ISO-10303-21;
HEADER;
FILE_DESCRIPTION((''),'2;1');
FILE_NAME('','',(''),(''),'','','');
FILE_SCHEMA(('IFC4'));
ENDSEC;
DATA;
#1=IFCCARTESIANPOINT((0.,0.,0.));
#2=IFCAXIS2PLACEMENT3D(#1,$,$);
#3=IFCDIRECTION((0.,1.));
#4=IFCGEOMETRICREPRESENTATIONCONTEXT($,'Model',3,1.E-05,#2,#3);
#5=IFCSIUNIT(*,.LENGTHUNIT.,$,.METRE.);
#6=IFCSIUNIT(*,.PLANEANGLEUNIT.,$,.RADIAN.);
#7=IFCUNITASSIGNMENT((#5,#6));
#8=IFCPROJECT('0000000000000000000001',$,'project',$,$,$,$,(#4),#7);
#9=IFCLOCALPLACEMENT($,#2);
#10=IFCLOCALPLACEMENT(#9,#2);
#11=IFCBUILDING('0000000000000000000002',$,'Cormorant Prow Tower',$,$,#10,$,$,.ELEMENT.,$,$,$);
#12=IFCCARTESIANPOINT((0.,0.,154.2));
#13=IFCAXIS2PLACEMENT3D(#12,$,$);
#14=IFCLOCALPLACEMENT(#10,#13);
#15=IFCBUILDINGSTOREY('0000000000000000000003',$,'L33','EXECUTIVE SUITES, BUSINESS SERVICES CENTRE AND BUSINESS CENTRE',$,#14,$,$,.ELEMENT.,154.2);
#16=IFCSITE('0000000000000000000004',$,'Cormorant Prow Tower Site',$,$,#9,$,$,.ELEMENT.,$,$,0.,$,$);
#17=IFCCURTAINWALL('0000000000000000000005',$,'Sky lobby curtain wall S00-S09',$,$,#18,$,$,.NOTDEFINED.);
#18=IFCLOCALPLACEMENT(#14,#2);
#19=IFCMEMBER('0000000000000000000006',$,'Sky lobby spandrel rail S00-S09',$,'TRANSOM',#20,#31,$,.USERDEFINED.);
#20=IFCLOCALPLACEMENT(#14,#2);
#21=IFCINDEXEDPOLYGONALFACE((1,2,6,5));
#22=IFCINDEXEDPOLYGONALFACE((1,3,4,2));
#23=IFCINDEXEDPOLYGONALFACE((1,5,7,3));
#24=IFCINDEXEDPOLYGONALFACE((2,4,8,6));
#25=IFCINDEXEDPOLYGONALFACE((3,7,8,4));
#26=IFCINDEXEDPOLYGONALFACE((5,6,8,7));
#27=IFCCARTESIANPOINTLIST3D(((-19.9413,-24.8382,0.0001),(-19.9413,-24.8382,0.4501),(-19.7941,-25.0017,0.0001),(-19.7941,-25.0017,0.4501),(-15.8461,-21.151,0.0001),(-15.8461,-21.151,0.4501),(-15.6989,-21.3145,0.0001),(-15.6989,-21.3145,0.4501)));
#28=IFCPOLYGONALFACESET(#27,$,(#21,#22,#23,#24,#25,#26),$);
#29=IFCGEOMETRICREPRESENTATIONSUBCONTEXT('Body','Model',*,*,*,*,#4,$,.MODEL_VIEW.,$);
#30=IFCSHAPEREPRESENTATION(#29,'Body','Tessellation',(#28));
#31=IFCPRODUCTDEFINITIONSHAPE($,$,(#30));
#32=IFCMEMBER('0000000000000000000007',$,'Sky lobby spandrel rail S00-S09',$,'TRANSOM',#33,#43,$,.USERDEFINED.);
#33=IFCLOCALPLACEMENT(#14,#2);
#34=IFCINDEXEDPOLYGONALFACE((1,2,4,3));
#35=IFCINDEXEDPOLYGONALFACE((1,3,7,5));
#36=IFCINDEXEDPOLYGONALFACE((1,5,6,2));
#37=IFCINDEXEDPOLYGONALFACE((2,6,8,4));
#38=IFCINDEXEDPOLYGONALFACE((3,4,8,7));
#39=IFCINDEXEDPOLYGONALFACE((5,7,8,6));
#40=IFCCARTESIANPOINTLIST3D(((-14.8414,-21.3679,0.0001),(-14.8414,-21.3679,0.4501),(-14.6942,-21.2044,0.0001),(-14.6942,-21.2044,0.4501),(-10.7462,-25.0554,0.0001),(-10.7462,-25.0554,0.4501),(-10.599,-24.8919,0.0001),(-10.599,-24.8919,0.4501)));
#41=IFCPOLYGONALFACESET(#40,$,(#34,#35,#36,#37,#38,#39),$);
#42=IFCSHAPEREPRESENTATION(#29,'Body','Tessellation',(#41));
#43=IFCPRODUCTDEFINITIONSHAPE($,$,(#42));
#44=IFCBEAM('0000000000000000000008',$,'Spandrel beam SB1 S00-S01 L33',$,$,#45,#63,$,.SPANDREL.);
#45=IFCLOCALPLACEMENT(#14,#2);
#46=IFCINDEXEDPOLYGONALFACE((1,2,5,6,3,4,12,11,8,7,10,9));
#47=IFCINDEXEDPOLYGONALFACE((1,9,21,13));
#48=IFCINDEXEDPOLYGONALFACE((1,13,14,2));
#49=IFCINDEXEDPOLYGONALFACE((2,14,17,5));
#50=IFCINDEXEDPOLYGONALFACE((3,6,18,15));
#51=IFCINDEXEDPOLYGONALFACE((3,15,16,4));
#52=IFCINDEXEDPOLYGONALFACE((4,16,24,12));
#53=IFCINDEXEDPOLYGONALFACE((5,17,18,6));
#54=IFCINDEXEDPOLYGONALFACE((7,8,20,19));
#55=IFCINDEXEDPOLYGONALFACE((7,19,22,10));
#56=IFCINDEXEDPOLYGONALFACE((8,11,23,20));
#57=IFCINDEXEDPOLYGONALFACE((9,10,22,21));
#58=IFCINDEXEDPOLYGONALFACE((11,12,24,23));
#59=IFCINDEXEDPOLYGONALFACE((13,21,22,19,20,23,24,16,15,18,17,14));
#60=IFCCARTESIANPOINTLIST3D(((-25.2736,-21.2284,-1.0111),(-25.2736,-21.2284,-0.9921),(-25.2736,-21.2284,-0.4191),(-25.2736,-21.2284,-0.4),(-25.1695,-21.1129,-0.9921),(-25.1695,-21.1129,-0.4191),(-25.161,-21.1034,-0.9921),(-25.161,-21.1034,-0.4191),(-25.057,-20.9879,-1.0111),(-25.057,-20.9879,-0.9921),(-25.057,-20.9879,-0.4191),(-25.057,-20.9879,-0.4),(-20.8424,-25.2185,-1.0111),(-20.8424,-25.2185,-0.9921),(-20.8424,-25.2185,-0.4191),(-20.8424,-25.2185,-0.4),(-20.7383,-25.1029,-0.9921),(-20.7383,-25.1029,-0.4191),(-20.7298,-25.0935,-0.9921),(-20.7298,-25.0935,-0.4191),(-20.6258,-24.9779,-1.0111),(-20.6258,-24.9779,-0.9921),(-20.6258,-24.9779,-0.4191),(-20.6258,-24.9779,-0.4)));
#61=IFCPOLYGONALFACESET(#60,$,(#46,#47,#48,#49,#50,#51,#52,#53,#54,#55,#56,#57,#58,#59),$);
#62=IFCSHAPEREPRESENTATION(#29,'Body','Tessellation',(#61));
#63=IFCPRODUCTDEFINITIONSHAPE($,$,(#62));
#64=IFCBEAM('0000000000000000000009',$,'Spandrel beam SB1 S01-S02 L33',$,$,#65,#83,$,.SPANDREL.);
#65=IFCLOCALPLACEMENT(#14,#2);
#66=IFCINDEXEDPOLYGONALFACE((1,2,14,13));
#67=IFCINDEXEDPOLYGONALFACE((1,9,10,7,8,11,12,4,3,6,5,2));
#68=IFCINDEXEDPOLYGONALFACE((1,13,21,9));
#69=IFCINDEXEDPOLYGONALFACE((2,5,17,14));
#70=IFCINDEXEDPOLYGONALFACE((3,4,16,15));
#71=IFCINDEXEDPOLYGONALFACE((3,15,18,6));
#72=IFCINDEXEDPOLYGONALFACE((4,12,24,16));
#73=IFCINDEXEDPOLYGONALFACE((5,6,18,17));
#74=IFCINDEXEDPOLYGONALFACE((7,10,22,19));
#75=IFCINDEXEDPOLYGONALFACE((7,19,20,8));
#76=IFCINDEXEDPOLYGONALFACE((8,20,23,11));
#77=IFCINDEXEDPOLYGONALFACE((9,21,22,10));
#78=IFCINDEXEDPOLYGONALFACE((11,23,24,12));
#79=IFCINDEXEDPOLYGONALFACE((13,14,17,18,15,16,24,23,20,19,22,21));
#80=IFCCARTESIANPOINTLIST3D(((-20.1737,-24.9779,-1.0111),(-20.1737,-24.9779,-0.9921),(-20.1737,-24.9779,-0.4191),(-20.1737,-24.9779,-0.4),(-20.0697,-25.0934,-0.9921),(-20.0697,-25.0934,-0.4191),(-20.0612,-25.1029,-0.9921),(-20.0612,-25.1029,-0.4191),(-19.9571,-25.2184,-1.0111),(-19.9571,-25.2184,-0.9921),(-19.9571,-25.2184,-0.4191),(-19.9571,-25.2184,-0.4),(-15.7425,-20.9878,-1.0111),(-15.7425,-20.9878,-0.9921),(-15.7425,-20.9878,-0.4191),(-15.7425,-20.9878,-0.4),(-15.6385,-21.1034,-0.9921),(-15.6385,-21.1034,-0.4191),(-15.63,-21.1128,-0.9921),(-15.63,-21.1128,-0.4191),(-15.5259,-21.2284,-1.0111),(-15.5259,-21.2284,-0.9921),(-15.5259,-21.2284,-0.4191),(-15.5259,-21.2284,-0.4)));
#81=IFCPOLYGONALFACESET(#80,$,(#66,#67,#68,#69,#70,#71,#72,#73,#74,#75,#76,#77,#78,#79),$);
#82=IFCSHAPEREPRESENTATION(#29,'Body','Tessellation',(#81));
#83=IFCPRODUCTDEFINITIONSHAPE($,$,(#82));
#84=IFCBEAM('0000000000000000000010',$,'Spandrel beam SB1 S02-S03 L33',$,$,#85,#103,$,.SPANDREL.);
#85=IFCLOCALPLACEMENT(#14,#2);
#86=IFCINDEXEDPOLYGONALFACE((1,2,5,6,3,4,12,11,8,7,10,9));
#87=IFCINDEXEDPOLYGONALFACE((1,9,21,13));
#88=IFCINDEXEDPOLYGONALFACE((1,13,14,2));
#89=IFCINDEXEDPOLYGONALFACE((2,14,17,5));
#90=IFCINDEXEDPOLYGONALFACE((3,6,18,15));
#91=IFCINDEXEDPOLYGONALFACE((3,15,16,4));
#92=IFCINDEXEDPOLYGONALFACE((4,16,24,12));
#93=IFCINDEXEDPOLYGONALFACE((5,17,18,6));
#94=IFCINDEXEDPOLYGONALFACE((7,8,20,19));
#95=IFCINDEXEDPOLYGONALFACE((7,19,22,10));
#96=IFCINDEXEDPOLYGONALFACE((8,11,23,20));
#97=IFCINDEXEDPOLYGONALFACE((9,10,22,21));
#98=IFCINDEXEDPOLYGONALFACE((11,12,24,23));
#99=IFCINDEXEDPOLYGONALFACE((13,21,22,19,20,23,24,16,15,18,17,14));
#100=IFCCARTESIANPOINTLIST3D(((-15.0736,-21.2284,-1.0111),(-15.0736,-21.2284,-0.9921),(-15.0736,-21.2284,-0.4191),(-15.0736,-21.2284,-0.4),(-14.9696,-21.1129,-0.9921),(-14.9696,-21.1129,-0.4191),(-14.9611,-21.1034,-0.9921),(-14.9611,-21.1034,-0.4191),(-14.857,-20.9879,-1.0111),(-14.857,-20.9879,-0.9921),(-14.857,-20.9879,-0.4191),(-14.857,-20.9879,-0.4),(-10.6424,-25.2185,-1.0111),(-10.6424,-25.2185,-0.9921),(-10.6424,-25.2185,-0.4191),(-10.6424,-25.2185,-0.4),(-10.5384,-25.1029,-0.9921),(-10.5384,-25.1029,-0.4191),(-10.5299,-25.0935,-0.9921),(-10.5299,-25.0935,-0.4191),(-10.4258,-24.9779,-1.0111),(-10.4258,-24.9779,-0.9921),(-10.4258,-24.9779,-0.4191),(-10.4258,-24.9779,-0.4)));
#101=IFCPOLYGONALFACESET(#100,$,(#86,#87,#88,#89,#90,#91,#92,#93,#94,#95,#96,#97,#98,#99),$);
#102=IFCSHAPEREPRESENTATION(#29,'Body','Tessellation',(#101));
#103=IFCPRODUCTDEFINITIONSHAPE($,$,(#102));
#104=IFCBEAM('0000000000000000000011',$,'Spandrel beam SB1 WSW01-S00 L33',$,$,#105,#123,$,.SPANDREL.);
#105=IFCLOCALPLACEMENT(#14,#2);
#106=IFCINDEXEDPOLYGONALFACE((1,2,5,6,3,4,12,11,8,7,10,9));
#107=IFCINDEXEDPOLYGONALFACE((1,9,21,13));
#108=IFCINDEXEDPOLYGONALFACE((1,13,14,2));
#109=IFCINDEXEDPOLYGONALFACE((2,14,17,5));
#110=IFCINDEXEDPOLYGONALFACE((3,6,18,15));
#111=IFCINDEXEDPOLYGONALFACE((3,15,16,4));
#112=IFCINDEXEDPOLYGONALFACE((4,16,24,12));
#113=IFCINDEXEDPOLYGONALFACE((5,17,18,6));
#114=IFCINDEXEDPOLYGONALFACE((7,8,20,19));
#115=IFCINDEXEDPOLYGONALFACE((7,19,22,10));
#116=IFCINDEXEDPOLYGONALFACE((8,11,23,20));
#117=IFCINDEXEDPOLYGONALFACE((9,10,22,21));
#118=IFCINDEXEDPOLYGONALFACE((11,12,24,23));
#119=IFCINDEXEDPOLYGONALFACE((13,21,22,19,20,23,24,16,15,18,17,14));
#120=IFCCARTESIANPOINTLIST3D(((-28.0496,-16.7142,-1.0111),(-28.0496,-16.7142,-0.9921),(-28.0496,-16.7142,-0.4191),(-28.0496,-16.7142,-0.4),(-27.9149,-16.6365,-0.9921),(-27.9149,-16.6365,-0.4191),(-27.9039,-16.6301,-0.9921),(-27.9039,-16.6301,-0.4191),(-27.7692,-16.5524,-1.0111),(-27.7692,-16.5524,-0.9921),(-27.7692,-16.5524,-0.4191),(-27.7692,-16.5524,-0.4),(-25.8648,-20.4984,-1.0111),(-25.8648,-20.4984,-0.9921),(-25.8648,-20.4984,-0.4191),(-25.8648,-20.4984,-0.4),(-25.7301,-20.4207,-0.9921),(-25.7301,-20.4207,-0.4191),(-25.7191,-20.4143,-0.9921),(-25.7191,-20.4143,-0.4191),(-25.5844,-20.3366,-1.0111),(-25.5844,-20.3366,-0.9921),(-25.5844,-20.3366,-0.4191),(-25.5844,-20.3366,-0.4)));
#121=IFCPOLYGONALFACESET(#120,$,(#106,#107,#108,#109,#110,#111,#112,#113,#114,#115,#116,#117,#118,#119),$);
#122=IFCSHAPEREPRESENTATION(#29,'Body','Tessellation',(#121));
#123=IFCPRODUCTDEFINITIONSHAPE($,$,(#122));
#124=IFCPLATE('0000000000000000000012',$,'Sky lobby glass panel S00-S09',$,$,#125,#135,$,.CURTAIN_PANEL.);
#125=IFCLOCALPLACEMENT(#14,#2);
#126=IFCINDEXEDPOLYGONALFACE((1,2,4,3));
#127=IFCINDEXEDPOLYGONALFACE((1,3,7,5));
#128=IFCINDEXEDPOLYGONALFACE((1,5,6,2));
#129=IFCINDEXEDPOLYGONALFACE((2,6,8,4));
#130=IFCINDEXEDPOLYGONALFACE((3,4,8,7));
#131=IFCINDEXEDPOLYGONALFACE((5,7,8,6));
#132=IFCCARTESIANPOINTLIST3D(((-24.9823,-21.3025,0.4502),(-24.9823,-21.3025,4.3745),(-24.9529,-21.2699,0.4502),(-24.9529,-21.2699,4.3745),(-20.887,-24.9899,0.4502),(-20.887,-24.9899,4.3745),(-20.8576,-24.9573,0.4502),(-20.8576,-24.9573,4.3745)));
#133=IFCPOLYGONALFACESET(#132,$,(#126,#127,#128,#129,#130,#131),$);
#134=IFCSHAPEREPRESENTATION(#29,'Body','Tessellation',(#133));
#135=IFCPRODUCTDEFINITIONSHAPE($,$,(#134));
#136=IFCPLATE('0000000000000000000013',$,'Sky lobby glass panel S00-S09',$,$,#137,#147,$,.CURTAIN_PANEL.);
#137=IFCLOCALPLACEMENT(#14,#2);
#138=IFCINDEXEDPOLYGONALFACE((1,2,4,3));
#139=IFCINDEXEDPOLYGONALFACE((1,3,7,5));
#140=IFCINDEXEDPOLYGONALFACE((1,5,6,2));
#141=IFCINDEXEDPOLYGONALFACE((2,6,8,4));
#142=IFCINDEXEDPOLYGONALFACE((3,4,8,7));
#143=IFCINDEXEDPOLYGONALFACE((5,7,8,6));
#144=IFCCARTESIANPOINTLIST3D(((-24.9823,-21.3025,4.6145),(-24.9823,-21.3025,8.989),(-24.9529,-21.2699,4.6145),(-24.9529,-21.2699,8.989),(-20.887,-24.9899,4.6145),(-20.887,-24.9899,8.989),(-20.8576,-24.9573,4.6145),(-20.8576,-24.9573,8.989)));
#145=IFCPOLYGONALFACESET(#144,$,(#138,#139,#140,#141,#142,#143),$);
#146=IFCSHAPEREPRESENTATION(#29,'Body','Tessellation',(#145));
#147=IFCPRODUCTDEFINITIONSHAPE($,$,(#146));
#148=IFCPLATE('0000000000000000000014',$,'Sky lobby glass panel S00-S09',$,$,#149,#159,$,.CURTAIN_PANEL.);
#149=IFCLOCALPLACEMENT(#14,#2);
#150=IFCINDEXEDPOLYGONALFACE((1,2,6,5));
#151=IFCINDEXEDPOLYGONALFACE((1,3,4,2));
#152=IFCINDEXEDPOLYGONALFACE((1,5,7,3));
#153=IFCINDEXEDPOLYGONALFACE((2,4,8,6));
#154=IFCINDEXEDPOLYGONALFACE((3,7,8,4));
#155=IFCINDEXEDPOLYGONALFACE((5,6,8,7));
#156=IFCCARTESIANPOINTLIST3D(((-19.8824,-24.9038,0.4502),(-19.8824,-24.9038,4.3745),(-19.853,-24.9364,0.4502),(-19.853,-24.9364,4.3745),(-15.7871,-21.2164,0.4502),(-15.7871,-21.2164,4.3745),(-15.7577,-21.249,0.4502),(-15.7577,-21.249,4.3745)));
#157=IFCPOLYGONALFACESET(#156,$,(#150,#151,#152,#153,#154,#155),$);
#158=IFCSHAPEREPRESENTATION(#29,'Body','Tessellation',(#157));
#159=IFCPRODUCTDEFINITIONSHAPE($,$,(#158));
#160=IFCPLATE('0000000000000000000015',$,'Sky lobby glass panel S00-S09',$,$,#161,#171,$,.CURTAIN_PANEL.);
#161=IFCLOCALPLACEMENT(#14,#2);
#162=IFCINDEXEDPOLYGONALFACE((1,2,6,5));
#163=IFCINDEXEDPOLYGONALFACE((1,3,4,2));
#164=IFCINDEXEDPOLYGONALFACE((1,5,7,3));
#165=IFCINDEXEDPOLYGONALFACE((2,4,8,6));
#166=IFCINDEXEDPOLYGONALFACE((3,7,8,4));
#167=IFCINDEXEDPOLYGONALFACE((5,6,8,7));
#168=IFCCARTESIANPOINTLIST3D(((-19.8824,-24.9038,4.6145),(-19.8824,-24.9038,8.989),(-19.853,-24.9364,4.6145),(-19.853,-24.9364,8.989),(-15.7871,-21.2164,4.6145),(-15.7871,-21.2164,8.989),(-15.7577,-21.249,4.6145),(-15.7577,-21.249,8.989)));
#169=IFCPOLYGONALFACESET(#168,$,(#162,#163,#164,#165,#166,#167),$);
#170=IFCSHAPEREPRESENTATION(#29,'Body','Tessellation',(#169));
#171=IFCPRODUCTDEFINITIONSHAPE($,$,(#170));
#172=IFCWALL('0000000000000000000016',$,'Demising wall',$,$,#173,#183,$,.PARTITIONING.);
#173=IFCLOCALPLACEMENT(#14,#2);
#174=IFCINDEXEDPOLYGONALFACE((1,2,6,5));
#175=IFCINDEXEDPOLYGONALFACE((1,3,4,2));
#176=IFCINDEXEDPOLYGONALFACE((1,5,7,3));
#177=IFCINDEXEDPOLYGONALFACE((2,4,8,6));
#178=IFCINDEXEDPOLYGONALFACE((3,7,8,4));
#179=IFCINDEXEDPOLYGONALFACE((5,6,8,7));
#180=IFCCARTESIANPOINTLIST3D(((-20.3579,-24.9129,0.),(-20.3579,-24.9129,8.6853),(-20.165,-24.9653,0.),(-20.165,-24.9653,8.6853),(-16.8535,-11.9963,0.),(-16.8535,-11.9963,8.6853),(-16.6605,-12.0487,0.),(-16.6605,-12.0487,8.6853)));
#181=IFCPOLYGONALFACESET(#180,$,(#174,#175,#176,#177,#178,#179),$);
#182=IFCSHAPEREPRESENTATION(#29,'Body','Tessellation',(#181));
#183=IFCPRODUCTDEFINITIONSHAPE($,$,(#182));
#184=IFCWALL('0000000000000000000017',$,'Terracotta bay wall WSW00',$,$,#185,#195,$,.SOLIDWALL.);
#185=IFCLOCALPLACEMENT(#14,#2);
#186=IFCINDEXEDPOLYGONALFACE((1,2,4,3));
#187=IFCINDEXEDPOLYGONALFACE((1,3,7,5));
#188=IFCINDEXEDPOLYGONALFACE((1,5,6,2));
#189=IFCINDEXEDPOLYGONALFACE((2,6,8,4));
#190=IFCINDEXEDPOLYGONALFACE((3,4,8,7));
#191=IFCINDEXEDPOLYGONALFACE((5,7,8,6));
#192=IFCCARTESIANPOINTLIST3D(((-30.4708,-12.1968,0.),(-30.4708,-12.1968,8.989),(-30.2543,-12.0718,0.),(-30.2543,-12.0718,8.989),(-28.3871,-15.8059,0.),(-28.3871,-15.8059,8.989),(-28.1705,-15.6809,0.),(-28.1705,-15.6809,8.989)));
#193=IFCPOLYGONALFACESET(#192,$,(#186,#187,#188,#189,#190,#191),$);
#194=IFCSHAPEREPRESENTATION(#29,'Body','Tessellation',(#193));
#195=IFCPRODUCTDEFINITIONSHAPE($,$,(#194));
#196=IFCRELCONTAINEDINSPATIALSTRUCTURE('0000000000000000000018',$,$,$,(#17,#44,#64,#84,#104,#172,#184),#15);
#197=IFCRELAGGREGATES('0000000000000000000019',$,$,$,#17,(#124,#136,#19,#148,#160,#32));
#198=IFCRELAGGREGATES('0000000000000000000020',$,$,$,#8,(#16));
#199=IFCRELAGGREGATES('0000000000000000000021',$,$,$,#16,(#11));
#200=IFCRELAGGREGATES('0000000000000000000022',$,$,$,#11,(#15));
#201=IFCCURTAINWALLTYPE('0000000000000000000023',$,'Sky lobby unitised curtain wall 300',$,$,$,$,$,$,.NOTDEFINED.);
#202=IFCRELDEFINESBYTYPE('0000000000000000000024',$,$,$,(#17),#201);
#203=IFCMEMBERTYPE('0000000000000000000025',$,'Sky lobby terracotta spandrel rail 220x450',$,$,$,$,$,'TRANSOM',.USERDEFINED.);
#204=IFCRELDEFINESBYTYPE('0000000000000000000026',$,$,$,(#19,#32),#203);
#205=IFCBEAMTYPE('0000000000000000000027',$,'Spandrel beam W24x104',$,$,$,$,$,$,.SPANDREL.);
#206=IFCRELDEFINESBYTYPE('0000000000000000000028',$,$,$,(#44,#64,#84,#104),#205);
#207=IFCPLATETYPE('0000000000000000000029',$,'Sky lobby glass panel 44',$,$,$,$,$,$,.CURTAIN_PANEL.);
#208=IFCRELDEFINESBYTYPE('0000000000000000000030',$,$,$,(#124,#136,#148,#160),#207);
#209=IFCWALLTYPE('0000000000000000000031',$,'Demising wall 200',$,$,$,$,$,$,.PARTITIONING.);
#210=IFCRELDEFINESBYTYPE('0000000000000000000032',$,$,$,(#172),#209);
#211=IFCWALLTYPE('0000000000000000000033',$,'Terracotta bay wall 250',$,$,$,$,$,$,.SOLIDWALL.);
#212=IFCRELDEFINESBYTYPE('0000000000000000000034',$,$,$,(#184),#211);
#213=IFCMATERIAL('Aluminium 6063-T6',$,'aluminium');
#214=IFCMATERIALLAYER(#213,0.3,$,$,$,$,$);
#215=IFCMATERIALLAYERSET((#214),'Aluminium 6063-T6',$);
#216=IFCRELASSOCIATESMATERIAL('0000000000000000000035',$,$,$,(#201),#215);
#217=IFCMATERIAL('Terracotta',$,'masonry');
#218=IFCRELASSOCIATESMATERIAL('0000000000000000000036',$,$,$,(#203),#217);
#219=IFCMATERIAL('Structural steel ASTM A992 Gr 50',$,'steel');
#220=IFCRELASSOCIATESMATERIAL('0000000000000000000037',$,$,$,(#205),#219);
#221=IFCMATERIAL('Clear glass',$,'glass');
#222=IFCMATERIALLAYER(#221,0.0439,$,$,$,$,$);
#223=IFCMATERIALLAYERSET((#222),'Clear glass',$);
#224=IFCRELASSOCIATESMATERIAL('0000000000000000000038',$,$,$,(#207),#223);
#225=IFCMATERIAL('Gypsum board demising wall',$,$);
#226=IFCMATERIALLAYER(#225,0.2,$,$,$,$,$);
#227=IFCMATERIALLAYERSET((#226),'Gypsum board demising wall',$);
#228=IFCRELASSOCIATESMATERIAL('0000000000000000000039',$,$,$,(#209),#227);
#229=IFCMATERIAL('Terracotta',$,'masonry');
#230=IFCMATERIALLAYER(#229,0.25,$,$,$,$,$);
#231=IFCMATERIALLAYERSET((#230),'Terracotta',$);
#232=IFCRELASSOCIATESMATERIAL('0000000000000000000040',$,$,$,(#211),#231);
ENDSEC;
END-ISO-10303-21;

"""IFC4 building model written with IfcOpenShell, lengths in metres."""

from ifc_helpers import new_model, si_unit, direction, frame, frame_2d, origin, origin_2d, place, context, subcontext, project, spatial, rectangle, i_section, extrude, material, layer, layer_set, material_profile, profile_set, type_object, element, aggregate, save


model = new_model("IFC4")

# Units and contexts
model_context = context("Model", 3, precision=1e-05, world=origin(), true_north=direction((0.0, 1.0)))
body_context = subcontext(model_context, "Body", "Model", "MODEL_VIEW")
ifc_project = project(units=[si_unit("LENGTHUNIT", "METRE"), si_unit("PLANEANGLEUNIT", "RADIAN")], contexts=[model_context])

# Site, building, storey
site_placement = place(None, origin())
site = spatial("IfcSite", under=ifc_project, at=site_placement, Name="Cormorant Prow Tower Site", CompositionType="ELEMENT", RefElevation=0.0)
building_placement = place(site_placement, origin())
building = spatial("IfcBuilding", under=site, at=building_placement, Name="Cormorant Prow Tower", CompositionType="ELEMENT")
storey_placement = place(building_placement, frame((0.0, 0.0, 154.2)))
storey = spatial("IfcBuildingStorey", under=building, at=storey_placement, Name="L33", Description="EXECUTIVE SUITES, BUSINESS SERVICES CENTRE AND BUSINESS CENTRE", CompositionType="ELEMENT", Elevation=154.2)

# Curtain wall, members
ifc_material_1 = material(Name="Aluminium 6063-T6", Category="aluminium")
ifc_layer_1 = layer(ifc_material_1, 0.3)
ifc_layer_set_1 = layer_set([ifc_layer_1], Name="Aluminium 6063-T6")
curtain_wall_type = type_object("IfcCurtainWallType", Name="Sky lobby unitised curtain wall 300", PredefinedType="NOTDEFINED", material=ifc_layer_set_1)
curtain_wall_placement = place(storey_placement, origin())
curtain_wall = element("IfcCurtainWall", 1, at=curtain_wall_placement, inside=storey, type_object=curtain_wall_type, Name="Sky lobby curtain wall S00-S09", PredefinedType="NOTDEFINED")
ifc_material_2 = material(Name="Terracotta", Category="masonry")
ifc_material_profile_1 = material_profile(ifc_material_2, rectangle(XDim=0.22, YDim=0.45, at=origin_2d()), Name="Sky lobby terracotta spandrel rail 220x450")
ifc_profile_set_1 = profile_set([ifc_material_profile_1], Name="Terracotta")
member_type_1 = type_object("IfcMemberType", Name="Sky lobby terracotta spandrel rail 220x450", ElementType="TRANSOM", PredefinedType="USERDEFINED", material=ifc_profile_set_1)
member_1_placement = place(storey_placement, frame((-19.8677, -24.9199, 0.2251), z_axis=(0.743153, 0.669121, 0.0), x_axis=(-0.669121, 0.743153, 0.0)))
member_1 = element("IfcMember", 2, at=member_1_placement, type_object=member_type_1, Name="Sky lobby spandrel rail S00-S09", ObjectType="TRANSOM", PredefinedType="USERDEFINED", context=body_context, shape_type="SweptSolid", body=[
    extrude(rectangle(XDim=0.22, YDim=0.45, at=origin_2d()), origin(), (0.0, 0.0, 1.0), 5.5105),
])
member_2_placement = place(storey_placement, frame((-14.7678, -21.2861, 0.2251), z_axis=(0.743131, -0.669146, 0.0), x_axis=(0.669146, 0.743131, 0.0)))
member_2 = element("IfcMember", 3, at=member_2_placement, type_object=member_type_1, Name="Sky lobby spandrel rail S00-S09", ObjectType="TRANSOM", PredefinedType="USERDEFINED", context=body_context, shape_type="SweptSolid", body=[
    extrude(rectangle(XDim=0.22, YDim=0.45, at=origin_2d()), origin(), (0.0, 0.0, 1.0), 5.5107),
])

# Beams
ifc_material_3 = material(Name="Structural steel ASTM A992 Gr 50", Category="steel")
ifc_material_profile_2 = material_profile(ifc_material_3, i_section(OverallWidth=0.3237, OverallDepth=0.6111, WebThickness=0.0127, FlangeThickness=0.019, at=origin_2d()), Name="W24x104")
ifc_profile_set_2 = profile_set([ifc_material_profile_2], Name="Structural steel ASTM A992 Gr 50")
beam_type = type_object("IfcBeamType", Name="Spandrel beam W24x104", PredefinedType="SPANDREL", material=ifc_profile_set_2)
for number, where, z_axis, x_axis, name in (
    (4, (-25.1653, -21.1082, -0.7056), (0.743131, -0.669146, 0.0), (0.669146, 0.743131, 0.0), "Spandrel beam SB1 S00-S01 L33"),
    (5, (-20.0654, -25.0981, -0.7056), (0.743131, 0.669146, 0.0), (-0.669146, 0.743131, 0.0), "Spandrel beam SB1 S01-S02 L33"),
    (6, (-14.9653, -21.1082, -0.7056), (0.743131, -0.669146, 0.0), (0.669146, 0.743131, 0.0), "Spandrel beam SB1 S02-S03 L33"),
):
    element("IfcBeam", number, at=place(storey_placement, frame(where, z_axis=z_axis, x_axis=x_axis)), inside=storey, type_object=beam_type, Name=name, PredefinedType="SPANDREL", context=body_context, shape_type="SweptSolid", body=[
        extrude(i_section(OverallWidth=0.3237, OverallDepth=0.6111, WebThickness=0.0127, FlangeThickness=0.019, at=origin_2d()), origin(), (0.0, 0.0, 1.0), 5.9629),
    ])
beam_placement = place(storey_placement, frame((-27.9094, -16.6333, -0.7056), z_axis=(0.500003, -0.866024, 0.0), x_axis=(0.866024, 0.500003, 0.0)))
element("IfcBeam", 7, at=beam_placement, inside=storey, type_object=beam_type, Name="Spandrel beam SB1 WSW01-S00 L33", PredefinedType="SPANDREL", context=body_context, shape_type="SweptSolid", body=[
    extrude(i_section(OverallWidth=0.3237, OverallDepth=0.6111, WebThickness=0.0127, FlangeThickness=0.019, at=origin_2d()), origin(), (0.0, 0.0, 1.0), 4.3696),
])

# Plates
ifc_material_4 = material(Name="Clear glass", Category="glass")
ifc_layer_2 = layer(ifc_material_4, 0.0439)
ifc_layer_set_2 = layer_set([ifc_layer_2], Name="Clear glass")
plate_type = type_object("IfcPlateType", Name="Sky lobby glass panel 44", PredefinedType="CURTAIN_PANEL", material=ifc_layer_set_2)
plate_1_placement = place(storey_placement, frame((-22.9199, -23.1299, 0.4502), z_axis=(0.0, 0.0, 1.0), x_axis=(0.743145, -0.669131, 0.0)))
plate_1 = element("IfcPlate", 8, at=plate_1_placement, type_object=plate_type, Name="Sky lobby glass panel S00-S09", PredefinedType="CURTAIN_PANEL", context=body_context, shape_type="SweptSolid", body=[
    extrude(rectangle(XDim=5.5107, YDim=0.0439, at=origin_2d()), origin(), (0.0, 0.0, 1.0), 3.9243),
])
plate_2_placement = place(storey_placement, frame((-22.9199, -23.1299, 4.6145), z_axis=(0.0, 0.0, 1.0), x_axis=(0.743145, -0.669131, 0.0)))
plate_2 = element("IfcPlate", 9, at=plate_2_placement, type_object=plate_type, Name="Sky lobby glass panel S00-S09", PredefinedType="CURTAIN_PANEL", context=body_context, shape_type="SweptSolid", body=[
    extrude(rectangle(XDim=5.5107, YDim=0.0439, at=origin_2d()), origin(), (0.0, 0.0, 1.0), 4.3745),
])
plate_3_placement = place(storey_placement, frame((-17.8201, -23.0764, 0.4502), z_axis=(0.0, 0.0, 1.0), x_axis=(0.743145, 0.669131, 0.0)))
plate_3 = element("IfcPlate", 10, at=plate_3_placement, type_object=plate_type, Name="Sky lobby glass panel S00-S09", PredefinedType="CURTAIN_PANEL", context=body_context, shape_type="SweptSolid", body=[
    extrude(rectangle(XDim=5.5107, YDim=0.0439, at=origin_2d()), origin(), (0.0, 0.0, 1.0), 3.9243),
])
plate_4_placement = place(storey_placement, frame((-17.8201, -23.0764, 4.6145), z_axis=(0.0, 0.0, 1.0), x_axis=(0.743145, 0.669131, 0.0)))
plate_4 = element("IfcPlate", 11, at=plate_4_placement, type_object=plate_type, Name="Sky lobby glass panel S00-S09", PredefinedType="CURTAIN_PANEL", context=body_context, shape_type="SweptSolid", body=[
    extrude(rectangle(XDim=5.5107, YDim=0.0439, at=origin_2d()), origin(), (0.0, 0.0, 1.0), 4.3745),
])
aggregate(curtain_wall, [plate_1, plate_2, member_1, plate_3, plate_4, member_2])

# Walls
ifc_material_5 = material(Name="Gypsum board demising wall")
ifc_layer_3 = layer(ifc_material_5, 0.2)
ifc_layer_set_3 = layer_set([ifc_layer_3], Name="Gypsum board demising wall")
wall_type_1 = type_object("IfcWallType", Name="Demising wall 200", PredefinedType="PARTITIONING", material=ifc_layer_set_3)
wall_placement = place(storey_placement, frame((-20.2615, -24.9392, 0.0), z_axis=(0.0, 0.0, 1.0), x_axis=(0.261845, 0.96511, 0.0)))
element("IfcWall", 12, at=wall_placement, inside=storey, type_object=wall_type_1, Name="Demising wall", PredefinedType="PARTITIONING", context=body_context, shape_type="SweptSolid", body=[
    extrude(rectangle(XDim=13.3835, YDim=0.2, at=frame_2d((6.6919, 0.0))), origin(), (0.0, 0.0, 1.0), 8.6853),
])
ifc_material_6 = material(Name="Terracotta", Category="masonry")
ifc_layer_4 = layer(ifc_material_6, 0.25)
ifc_layer_set_4 = layer_set([ifc_layer_4], Name="Terracotta")
wall_type_2 = type_object("IfcWallType", Name="Terracotta bay wall 250", PredefinedType="SOLIDWALL", material=ifc_layer_set_4)
for number, where, z_axis, x_axis, name in (
    (13, (-30.3625, -12.1343, 0.0), (0.0, 0.0, 1.0), (0.500001, -0.866025, 0.0), "Terracotta bay wall WSW00"),
):
    element("IfcWall", number, at=place(storey_placement, frame(where, z_axis=z_axis, x_axis=x_axis)), inside=storey, type_object=wall_type_2, Name=name, PredefinedType="SOLIDWALL", context=body_context, shape_type="SweptSolid", body=[
        extrude(rectangle(XDim=4.1675, YDim=0.25, at=frame_2d((2.0837, 0.0))), origin(), (0.0, 0.0, 1.0), 8.989),
    ])

save(model, "model.ifc")
